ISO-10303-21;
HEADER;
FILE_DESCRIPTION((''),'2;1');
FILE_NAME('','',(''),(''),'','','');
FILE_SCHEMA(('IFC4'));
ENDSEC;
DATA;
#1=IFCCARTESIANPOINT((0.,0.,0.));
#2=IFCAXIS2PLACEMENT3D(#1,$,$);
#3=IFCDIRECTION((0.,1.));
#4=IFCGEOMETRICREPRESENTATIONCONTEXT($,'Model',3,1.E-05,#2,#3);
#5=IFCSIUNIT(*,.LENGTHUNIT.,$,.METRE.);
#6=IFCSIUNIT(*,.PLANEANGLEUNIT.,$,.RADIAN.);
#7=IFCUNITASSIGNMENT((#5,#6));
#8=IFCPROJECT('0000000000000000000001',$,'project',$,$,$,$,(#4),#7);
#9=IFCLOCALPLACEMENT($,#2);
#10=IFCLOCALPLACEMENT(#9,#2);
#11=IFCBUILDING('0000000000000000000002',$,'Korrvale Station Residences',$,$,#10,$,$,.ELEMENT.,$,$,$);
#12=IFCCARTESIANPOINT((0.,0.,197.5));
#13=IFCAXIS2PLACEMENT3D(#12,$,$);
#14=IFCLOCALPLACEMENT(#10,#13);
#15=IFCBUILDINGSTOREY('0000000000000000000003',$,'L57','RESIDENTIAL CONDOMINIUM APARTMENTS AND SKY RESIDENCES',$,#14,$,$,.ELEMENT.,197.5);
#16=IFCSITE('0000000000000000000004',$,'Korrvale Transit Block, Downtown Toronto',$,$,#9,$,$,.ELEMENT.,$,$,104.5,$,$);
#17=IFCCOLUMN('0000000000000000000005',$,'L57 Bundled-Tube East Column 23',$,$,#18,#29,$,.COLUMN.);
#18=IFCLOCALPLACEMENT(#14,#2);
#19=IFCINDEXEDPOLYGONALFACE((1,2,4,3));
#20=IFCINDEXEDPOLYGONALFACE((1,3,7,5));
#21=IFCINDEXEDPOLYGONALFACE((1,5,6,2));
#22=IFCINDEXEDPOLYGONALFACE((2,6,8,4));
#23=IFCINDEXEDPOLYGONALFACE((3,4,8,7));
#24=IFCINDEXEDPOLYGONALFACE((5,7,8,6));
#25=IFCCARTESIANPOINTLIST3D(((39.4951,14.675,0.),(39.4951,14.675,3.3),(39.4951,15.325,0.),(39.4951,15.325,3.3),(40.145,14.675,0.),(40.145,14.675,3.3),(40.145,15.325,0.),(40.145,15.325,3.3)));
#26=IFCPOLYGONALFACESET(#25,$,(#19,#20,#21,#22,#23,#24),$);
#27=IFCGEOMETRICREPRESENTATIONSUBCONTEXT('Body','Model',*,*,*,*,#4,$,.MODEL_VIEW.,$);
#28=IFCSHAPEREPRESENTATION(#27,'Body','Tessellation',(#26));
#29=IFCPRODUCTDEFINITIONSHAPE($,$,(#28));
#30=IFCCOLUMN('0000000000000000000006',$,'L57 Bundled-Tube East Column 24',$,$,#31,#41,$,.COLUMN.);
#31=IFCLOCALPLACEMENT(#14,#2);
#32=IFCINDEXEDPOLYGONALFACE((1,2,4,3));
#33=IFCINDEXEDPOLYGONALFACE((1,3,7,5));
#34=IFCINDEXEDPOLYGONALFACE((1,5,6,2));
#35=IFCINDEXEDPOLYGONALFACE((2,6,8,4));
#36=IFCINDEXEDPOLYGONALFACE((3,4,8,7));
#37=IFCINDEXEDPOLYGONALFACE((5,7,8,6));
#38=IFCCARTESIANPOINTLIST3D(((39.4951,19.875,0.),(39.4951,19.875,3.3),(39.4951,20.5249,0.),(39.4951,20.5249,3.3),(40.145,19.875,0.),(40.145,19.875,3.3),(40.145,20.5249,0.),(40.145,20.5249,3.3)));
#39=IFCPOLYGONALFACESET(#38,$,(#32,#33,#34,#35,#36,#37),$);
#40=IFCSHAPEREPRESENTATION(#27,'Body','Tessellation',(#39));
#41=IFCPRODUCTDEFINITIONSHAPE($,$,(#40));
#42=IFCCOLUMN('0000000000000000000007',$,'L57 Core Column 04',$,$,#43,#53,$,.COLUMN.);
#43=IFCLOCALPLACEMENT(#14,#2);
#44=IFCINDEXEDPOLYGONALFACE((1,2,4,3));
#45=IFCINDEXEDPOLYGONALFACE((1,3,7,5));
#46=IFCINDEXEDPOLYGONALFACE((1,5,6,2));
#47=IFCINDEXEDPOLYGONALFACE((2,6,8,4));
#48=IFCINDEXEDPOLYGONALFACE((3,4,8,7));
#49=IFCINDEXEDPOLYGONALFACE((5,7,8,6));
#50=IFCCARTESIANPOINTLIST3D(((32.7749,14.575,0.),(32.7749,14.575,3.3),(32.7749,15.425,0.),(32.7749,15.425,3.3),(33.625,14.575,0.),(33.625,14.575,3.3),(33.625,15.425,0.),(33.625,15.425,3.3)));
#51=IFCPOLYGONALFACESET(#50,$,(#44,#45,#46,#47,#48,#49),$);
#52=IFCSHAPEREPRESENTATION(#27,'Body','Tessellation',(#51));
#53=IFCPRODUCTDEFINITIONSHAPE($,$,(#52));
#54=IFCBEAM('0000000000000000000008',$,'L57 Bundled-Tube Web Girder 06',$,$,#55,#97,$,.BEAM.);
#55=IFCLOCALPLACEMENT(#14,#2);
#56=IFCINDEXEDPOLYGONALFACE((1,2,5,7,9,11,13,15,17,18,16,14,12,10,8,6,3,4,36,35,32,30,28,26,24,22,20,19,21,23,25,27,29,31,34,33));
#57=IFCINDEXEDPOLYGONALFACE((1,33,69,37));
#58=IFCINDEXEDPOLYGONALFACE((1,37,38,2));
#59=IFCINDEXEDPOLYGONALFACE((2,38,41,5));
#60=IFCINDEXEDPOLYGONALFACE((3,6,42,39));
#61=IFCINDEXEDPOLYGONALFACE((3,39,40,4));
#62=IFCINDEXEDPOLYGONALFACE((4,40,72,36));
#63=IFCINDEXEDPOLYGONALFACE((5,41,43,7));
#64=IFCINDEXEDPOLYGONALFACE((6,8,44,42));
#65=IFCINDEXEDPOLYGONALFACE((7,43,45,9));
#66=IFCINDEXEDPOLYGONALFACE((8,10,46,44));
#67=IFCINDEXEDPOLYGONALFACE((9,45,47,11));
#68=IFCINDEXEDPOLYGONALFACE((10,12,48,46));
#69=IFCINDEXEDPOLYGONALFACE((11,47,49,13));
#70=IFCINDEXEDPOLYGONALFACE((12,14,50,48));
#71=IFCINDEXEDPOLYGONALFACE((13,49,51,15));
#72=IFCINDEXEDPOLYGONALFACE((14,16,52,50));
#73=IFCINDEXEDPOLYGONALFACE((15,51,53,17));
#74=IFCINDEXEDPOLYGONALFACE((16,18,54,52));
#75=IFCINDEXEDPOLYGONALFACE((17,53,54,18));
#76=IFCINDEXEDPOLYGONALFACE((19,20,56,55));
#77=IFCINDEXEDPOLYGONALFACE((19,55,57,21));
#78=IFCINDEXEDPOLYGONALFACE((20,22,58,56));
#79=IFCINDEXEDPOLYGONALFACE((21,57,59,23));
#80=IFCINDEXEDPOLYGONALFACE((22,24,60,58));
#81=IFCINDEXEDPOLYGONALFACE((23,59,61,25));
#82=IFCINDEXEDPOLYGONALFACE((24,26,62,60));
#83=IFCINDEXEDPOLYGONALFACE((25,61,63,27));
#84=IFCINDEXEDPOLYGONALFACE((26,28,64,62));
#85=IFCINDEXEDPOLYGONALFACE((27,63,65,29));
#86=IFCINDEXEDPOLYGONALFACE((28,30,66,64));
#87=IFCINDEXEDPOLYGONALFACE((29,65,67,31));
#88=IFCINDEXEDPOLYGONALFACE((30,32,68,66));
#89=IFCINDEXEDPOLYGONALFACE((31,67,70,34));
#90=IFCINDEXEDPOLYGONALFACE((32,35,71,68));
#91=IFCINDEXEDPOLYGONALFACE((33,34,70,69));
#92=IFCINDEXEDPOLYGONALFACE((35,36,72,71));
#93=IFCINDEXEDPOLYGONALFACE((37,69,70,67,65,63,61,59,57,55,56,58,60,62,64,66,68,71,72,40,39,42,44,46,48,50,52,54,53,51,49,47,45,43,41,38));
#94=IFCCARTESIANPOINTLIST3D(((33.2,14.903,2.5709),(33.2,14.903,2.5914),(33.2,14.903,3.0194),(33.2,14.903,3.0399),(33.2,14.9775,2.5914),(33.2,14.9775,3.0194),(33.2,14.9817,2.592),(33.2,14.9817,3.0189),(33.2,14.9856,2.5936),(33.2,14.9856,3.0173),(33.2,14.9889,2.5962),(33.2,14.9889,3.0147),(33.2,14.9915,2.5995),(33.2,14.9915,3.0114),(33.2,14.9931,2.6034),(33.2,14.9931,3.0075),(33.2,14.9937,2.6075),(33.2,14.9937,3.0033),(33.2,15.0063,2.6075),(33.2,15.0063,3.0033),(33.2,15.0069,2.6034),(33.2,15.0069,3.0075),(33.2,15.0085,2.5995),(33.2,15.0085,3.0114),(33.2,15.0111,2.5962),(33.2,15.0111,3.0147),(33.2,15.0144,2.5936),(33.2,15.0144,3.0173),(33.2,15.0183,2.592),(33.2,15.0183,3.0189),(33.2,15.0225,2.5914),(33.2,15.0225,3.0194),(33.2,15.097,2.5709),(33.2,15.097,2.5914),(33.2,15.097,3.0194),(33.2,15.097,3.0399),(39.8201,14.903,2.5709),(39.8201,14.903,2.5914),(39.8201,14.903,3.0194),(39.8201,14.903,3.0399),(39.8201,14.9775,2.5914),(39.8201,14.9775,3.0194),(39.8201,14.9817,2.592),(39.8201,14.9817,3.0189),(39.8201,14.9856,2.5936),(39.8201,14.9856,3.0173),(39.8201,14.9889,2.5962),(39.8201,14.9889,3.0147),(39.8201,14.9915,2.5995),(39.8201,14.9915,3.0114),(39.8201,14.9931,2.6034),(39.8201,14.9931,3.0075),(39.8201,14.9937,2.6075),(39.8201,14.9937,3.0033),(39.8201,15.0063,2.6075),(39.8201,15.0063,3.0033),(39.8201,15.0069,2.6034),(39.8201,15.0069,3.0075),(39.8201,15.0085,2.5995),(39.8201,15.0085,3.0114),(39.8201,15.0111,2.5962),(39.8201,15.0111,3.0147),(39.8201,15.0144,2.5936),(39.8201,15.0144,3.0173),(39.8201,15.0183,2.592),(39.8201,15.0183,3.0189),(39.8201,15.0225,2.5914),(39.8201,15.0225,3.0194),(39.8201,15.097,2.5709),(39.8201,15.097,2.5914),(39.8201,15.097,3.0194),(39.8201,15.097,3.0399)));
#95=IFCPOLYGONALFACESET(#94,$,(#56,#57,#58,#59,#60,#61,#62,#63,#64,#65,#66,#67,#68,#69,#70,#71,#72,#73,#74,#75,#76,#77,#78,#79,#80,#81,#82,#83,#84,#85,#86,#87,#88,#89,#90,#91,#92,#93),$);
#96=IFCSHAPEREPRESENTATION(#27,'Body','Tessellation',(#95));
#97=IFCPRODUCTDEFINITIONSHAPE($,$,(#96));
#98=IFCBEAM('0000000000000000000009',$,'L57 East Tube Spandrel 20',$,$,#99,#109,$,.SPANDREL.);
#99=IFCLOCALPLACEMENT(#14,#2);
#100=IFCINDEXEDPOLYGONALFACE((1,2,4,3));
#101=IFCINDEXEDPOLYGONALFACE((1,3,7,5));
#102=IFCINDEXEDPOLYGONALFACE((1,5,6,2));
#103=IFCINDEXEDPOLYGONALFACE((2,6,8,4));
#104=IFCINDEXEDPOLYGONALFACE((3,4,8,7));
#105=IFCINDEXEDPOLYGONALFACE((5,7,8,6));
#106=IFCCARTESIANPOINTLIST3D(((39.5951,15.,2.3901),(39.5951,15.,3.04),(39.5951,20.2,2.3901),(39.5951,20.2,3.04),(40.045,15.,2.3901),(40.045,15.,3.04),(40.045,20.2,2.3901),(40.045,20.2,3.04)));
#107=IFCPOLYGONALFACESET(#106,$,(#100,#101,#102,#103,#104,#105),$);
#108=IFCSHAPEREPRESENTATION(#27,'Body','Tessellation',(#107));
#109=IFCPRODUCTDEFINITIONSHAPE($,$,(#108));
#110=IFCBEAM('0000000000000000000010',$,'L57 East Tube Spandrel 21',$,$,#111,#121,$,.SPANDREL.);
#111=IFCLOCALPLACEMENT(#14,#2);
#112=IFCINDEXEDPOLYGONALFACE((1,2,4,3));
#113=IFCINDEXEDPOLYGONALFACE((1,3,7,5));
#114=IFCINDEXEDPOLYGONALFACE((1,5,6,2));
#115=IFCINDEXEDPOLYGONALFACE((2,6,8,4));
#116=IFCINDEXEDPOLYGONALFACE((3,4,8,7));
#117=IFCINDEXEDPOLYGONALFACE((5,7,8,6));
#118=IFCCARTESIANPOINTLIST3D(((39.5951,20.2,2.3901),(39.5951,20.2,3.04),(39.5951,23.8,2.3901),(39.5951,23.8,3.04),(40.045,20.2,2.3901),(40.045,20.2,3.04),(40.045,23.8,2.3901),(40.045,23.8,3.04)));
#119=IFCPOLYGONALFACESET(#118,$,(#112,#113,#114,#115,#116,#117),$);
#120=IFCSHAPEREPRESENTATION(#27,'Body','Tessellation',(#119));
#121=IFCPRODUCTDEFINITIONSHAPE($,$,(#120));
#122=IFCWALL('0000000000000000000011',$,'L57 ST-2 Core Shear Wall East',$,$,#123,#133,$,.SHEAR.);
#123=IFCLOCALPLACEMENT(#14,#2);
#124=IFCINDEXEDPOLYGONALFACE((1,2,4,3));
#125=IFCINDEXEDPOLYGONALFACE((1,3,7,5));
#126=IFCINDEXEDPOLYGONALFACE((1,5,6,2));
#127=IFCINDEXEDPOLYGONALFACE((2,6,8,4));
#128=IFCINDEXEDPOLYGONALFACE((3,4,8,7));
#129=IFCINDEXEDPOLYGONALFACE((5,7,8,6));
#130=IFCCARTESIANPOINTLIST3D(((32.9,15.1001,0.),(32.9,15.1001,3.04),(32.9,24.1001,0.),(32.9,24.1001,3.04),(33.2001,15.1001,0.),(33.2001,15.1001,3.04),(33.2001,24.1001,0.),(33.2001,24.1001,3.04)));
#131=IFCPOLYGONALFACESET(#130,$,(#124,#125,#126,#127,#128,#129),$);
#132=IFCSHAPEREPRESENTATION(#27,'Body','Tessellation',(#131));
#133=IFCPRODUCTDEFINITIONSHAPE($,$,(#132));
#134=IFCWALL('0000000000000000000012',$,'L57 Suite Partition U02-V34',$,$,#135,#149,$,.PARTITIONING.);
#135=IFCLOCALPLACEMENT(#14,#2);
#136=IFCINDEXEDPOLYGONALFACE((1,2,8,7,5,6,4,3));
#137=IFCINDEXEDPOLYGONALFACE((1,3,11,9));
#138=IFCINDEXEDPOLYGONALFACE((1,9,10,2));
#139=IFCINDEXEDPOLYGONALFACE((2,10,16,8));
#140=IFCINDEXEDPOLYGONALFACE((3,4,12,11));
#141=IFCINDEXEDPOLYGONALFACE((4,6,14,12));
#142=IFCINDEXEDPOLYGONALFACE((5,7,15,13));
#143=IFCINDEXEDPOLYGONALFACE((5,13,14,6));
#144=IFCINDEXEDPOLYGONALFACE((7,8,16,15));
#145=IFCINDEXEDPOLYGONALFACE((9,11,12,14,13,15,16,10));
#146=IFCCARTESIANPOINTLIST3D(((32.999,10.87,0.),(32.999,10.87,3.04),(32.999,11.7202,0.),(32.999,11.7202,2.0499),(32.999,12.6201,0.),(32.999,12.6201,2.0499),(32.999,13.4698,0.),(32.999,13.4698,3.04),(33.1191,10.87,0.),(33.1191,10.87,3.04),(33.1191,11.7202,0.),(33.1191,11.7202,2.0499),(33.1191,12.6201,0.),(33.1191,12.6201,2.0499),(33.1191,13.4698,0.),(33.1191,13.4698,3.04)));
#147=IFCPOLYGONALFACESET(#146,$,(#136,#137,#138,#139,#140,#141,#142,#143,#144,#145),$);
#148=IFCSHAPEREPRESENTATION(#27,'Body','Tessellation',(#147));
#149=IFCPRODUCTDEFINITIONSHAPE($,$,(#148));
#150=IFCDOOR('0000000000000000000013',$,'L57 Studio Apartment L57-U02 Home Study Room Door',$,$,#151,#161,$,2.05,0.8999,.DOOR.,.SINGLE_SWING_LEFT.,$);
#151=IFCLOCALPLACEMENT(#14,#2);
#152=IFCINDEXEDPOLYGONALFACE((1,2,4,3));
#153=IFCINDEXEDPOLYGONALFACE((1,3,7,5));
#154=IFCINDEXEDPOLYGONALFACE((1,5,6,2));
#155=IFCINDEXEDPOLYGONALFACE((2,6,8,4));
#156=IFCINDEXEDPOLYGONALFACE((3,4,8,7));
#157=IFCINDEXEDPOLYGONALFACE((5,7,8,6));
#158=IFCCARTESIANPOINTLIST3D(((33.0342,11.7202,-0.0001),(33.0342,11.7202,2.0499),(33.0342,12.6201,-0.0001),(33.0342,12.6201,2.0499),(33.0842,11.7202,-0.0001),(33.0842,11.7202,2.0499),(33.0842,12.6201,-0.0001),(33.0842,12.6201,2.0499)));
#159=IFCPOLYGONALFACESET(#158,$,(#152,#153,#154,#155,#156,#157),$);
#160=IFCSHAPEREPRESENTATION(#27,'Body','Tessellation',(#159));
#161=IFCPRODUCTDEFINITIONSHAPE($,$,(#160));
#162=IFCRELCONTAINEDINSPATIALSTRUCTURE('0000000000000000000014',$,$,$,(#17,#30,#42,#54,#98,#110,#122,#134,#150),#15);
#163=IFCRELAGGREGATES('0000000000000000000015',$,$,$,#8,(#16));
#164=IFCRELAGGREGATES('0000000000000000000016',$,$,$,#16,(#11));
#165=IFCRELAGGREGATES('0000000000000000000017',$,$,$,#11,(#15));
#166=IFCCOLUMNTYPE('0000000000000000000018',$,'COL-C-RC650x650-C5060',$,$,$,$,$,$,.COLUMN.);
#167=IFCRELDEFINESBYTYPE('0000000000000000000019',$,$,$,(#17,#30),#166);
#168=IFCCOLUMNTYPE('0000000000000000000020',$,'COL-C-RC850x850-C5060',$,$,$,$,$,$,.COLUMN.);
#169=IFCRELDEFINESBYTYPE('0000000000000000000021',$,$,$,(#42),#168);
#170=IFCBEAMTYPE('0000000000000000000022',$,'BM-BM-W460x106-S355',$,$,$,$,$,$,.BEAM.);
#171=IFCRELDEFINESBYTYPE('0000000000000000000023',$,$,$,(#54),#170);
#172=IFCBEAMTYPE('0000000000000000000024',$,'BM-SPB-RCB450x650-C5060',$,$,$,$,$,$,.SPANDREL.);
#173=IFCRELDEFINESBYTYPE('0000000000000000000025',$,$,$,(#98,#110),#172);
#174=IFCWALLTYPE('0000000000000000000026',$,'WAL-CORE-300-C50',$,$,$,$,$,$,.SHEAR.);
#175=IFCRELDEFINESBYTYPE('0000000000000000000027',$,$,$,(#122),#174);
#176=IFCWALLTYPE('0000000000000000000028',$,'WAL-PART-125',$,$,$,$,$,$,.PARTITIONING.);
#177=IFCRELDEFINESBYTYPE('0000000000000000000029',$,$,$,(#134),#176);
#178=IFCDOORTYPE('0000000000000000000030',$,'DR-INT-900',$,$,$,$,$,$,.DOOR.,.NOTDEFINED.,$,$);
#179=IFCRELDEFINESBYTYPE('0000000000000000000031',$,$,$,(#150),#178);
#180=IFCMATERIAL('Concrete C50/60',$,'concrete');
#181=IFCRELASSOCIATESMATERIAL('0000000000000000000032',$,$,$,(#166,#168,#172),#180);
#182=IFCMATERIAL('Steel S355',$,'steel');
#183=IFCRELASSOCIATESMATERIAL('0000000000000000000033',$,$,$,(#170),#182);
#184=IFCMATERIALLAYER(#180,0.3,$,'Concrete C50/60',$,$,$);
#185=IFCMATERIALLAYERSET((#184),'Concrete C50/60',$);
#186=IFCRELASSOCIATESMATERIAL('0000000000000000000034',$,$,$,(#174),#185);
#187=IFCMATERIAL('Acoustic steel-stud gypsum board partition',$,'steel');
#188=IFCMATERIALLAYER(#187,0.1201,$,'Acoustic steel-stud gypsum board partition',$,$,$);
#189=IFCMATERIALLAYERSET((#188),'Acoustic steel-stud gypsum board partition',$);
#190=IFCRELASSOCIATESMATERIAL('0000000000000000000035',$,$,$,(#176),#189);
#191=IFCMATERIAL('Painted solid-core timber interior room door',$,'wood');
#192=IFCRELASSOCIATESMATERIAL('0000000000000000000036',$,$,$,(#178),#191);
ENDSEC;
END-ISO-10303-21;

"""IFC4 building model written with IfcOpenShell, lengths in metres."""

from ifc_helpers import new_model, si_unit, direction, frame, frame_2d, origin, origin_2d, place, context, subcontext, project, spatial, rectangle, i_section, extrude, material, layer, layer_set, material_profile, profile_set, type_object, element, fill, save


model = new_model("IFC4")

# Units and contexts
model_context = context("Model", 3, precision=1e-05, world=origin(), true_north=direction((0.0, 1.0)))
body_context = subcontext(model_context, "Body", "Model", "MODEL_VIEW")
ifc_project = project(units=[si_unit("LENGTHUNIT", "METRE"), si_unit("PLANEANGLEUNIT", "RADIAN")], contexts=[model_context])

# Site, building, storey
site_placement = place(None, origin())
site = spatial("IfcSite", under=ifc_project, at=site_placement, Name="Korrvale Transit Block, Downtown Toronto", CompositionType="ELEMENT", RefElevation=104.5)
building_placement = place(site_placement, origin())
building = spatial("IfcBuilding", under=site, at=building_placement, Name="Korrvale Station Residences", CompositionType="ELEMENT")
storey_placement = place(building_placement, frame((0.0, 0.0, 197.5)))
storey = spatial("IfcBuildingStorey", under=building, at=storey_placement, Name="L57", Description="RESIDENTIAL CONDOMINIUM APARTMENTS AND SKY RESIDENCES", CompositionType="ELEMENT", Elevation=197.5)

# Columns
ifc_material_1 = material(Name="Concrete C50/60", Category="concrete")
ifc_material_profile_1 = material_profile(ifc_material_1, rectangle(XDim=0.6499, YDim=0.6499, at=origin_2d()), Name="RC650x650")
ifc_profile_set_1 = profile_set([ifc_material_profile_1], Name="Concrete C50/60")
column_type_1 = type_object("IfcColumnType", Name="COL-C-RC650x650-C5060", PredefinedType="COLUMN", material=ifc_profile_set_1)
for number, where, z_axis, x_axis, name in (
    (1, (39.8201, 15.0, 0.0), (0.0, 0.0, 1.0), (1.0, 0.0, 0.0), "L57 Bundled-Tube East Column 23"),
    (2, (39.8201, 20.2, 0.0), (0.0, 0.0, 1.0), (1.0, 0.0, 0.0), "L57 Bundled-Tube East Column 24"),
):
    element("IfcColumn", number, at=place(storey_placement, frame(where, z_axis=z_axis, x_axis=x_axis)), inside=storey, type_object=column_type_1, Name=name, PredefinedType="COLUMN", context=body_context, shape_type="SweptSolid", body=[
        extrude(rectangle(XDim=0.6499, YDim=0.6499, at=origin_2d()), origin(), (0.0, 0.0, 1.0), 3.3),
    ])
ifc_material_profile_2 = material_profile(ifc_material_1, rectangle(XDim=0.8501, YDim=0.8501, at=origin_2d()), Name="RC850x850")
ifc_profile_set_2 = profile_set([ifc_material_profile_2], Name="Concrete C50/60")
column_type_2 = type_object("IfcColumnType", Name="COL-C-RC850x850-C5060", PredefinedType="COLUMN", material=ifc_profile_set_2)
column_placement = place(storey_placement, frame((33.2, 15.0, 0.0), z_axis=(0.0, 0.0, 1.0), x_axis=(1.0, 0.0, 0.0)))
element("IfcColumn", 3, at=column_placement, inside=storey, type_object=column_type_2, Name="L57 Core Column 04", PredefinedType="COLUMN", context=body_context, shape_type="SweptSolid", body=[
    extrude(rectangle(XDim=0.8501, YDim=0.8501, at=origin_2d()), origin(), (0.0, 0.0, 1.0), 3.3),
])

# Beams
ifc_material_2 = material(Name="Steel S355", Category="steel")
ifc_material_profile_3 = material_profile(ifc_material_2, i_section(OverallWidth=0.1941, OverallDepth=0.469, WebThickness=0.0127, FlangeThickness=0.0205, FilletRadius=0.0161, at=origin_2d()), Name="W460x106")
ifc_profile_set_3 = profile_set([ifc_material_profile_3], Name="Steel S355")
beam_type_1 = type_object("IfcBeamType", Name="BM-BM-W460x106-S355", PredefinedType="BEAM", material=ifc_profile_set_3)
beam_1_placement = place(storey_placement, frame((33.2, 15.0, 2.8054), z_axis=(1.0, 0.0, 0.0), x_axis=(0.0, 1.0, 0.0)))
element("IfcBeam", 4, at=beam_1_placement, inside=storey, type_object=beam_type_1, Name="L57 Bundled-Tube Web Girder 06", PredefinedType="BEAM", context=body_context, shape_type="SweptSolid", body=[
    extrude(i_section(OverallWidth=0.1941, OverallDepth=0.469, WebThickness=0.0127, FlangeThickness=0.0205, FilletRadius=0.0161, at=origin_2d()), origin(), (0.0, 0.0, 1.0), 6.6201),
])
ifc_material_profile_4 = material_profile(ifc_material_1, rectangle(XDim=0.45, YDim=0.6499, at=origin_2d()), Name="RCB450x650")
ifc_profile_set_4 = profile_set([ifc_material_profile_4], Name="Concrete C50/60")
beam_type_2 = type_object("IfcBeamType", Name="BM-SPB-RCB450x650-C5060", PredefinedType="SPANDREL", material=ifc_profile_set_4)
beam_2_placement = place(storey_placement, frame((39.8201, 15.0, 2.7151), z_axis=(0.0, 1.0, 0.0), x_axis=(-1.0, 0.0, 0.0)))
element("IfcBeam", 5, at=beam_2_placement, inside=storey, type_object=beam_type_2, Name="L57 East Tube Spandrel 20", PredefinedType="SPANDREL", context=body_context, shape_type="SweptSolid", body=[
    extrude(rectangle(XDim=0.45, YDim=0.6499, at=origin_2d()), origin(), (0.0, 0.0, 1.0), 5.2),
])
beam_3_placement = place(storey_placement, frame((39.8201, 20.2, 2.7151), z_axis=(0.0, 1.0, 0.0), x_axis=(-1.0, 0.0, 0.0)))
element("IfcBeam", 6, at=beam_3_placement, inside=storey, type_object=beam_type_2, Name="L57 East Tube Spandrel 21", PredefinedType="SPANDREL", context=body_context, shape_type="SweptSolid", body=[
    extrude(rectangle(XDim=0.45, YDim=0.6499, at=origin_2d()), origin(), (0.0, 0.0, 1.0), 3.6001),
])

# Wall
ifc_layer_1 = layer(ifc_material_1, 0.3, Name="Concrete C50/60")
ifc_layer_set_1 = layer_set([ifc_layer_1], Name="Concrete C50/60")
wall_type_1 = type_object("IfcWallType", Name="WAL-CORE-300-C50", PredefinedType="SHEAR", material=ifc_layer_set_1)
wall_1_placement = place(storey_placement, frame((33.05, 15.1001, 0.0), z_axis=(0.0, 0.0, 1.0), x_axis=(0.0, 1.0, 0.0)))
element("IfcWall", 7, at=wall_1_placement, inside=storey, type_object=wall_type_1, Name="L57 ST-2 Core Shear Wall East", PredefinedType="SHEAR", context=body_context, shape_type="SweptSolid", body=[
    extrude(rectangle(XDim=9.0, YDim=0.3, at=frame_2d((4.5, 0.0))), origin(), (0.0, 0.0, 1.0), 3.04),
])

# Wall, opening, door
ifc_material_3 = material(Name="Acoustic steel-stud gypsum board partition", Category="steel")
ifc_layer_2 = layer(ifc_material_3, 0.1201, Name="Acoustic steel-stud gypsum board partition")
ifc_layer_set_2 = layer_set([ifc_layer_2], Name="Acoustic steel-stud gypsum board partition")
wall_type_2 = type_object("IfcWallType", Name="WAL-PART-125", PredefinedType="PARTITIONING", material=ifc_layer_set_2)
wall_2_placement = place(storey_placement, frame((33.0591, 10.8701, 0.0), z_axis=(0.0, 0.0, 1.0), x_axis=(0.0, 1.0, 0.0)))
wall_2 = element("IfcWall", 8, at=wall_2_placement, inside=storey, type_object=wall_type_2, Name="L57 Suite Partition U02-V34", PredefinedType="PARTITIONING", context=body_context, shape_type="SweptSolid", body=[
    extrude(rectangle(XDim=2.5999, YDim=0.1201, at=frame_2d((1.2998, 0.0))), origin(), (0.0, 0.0, 1.0), 3.04),
])
opening_1_placement = place(wall_2_placement, frame((0.8501, 0.0, 0.0)))
opening_1 = element("IfcOpeningElement", 9, at=opening_1_placement, cuts=wall_2, PredefinedType="OPENING", context=body_context, shape_type="SweptSolid", body=[
    extrude(rectangle(XDim=0.8999, YDim=2.05, at=frame_2d((0.45, 1.0249))), frame((0.0, 0.0701, 0.0), z_axis=(0.0, -1.0, 0.0), x_axis=(1.0, 0.0, 0.0)), (0.0, 0.0, 1.0), 0.1401),
])
ifc_material_4 = material(Name="Painted solid-core timber interior room door", Category="wood")
door_type_1 = type_object("IfcDoorType", Name="DR-INT-900", OperationType="NOTDEFINED", PredefinedType="DOOR", material=ifc_material_4)
door_1_placement = place(opening_1_placement, origin())
door_1 = element("IfcDoor", 10, at=door_1_placement, inside=storey, type_object=door_type_1, Name="L57 Studio Apartment L57-U02 Home Study Room Door", OperationType="SINGLE_SWING_LEFT", OverallHeight=2.05, OverallWidth=0.8999, PredefinedType="DOOR", context=body_context, shape_type="SweptSolid", body=[
    extrude(rectangle(XDim=0.8999, YDim=2.05, at=frame_2d((0.45, 1.0249))), frame((0.0, 0.0249, 0.0), z_axis=(0.0, -1.0, 0.0), x_axis=(1.0, 0.0, 0.0)), (0.0, 0.0, 1.0), 0.05),
])
fill(opening_1, door_1)

save(model, "model.ifc")
